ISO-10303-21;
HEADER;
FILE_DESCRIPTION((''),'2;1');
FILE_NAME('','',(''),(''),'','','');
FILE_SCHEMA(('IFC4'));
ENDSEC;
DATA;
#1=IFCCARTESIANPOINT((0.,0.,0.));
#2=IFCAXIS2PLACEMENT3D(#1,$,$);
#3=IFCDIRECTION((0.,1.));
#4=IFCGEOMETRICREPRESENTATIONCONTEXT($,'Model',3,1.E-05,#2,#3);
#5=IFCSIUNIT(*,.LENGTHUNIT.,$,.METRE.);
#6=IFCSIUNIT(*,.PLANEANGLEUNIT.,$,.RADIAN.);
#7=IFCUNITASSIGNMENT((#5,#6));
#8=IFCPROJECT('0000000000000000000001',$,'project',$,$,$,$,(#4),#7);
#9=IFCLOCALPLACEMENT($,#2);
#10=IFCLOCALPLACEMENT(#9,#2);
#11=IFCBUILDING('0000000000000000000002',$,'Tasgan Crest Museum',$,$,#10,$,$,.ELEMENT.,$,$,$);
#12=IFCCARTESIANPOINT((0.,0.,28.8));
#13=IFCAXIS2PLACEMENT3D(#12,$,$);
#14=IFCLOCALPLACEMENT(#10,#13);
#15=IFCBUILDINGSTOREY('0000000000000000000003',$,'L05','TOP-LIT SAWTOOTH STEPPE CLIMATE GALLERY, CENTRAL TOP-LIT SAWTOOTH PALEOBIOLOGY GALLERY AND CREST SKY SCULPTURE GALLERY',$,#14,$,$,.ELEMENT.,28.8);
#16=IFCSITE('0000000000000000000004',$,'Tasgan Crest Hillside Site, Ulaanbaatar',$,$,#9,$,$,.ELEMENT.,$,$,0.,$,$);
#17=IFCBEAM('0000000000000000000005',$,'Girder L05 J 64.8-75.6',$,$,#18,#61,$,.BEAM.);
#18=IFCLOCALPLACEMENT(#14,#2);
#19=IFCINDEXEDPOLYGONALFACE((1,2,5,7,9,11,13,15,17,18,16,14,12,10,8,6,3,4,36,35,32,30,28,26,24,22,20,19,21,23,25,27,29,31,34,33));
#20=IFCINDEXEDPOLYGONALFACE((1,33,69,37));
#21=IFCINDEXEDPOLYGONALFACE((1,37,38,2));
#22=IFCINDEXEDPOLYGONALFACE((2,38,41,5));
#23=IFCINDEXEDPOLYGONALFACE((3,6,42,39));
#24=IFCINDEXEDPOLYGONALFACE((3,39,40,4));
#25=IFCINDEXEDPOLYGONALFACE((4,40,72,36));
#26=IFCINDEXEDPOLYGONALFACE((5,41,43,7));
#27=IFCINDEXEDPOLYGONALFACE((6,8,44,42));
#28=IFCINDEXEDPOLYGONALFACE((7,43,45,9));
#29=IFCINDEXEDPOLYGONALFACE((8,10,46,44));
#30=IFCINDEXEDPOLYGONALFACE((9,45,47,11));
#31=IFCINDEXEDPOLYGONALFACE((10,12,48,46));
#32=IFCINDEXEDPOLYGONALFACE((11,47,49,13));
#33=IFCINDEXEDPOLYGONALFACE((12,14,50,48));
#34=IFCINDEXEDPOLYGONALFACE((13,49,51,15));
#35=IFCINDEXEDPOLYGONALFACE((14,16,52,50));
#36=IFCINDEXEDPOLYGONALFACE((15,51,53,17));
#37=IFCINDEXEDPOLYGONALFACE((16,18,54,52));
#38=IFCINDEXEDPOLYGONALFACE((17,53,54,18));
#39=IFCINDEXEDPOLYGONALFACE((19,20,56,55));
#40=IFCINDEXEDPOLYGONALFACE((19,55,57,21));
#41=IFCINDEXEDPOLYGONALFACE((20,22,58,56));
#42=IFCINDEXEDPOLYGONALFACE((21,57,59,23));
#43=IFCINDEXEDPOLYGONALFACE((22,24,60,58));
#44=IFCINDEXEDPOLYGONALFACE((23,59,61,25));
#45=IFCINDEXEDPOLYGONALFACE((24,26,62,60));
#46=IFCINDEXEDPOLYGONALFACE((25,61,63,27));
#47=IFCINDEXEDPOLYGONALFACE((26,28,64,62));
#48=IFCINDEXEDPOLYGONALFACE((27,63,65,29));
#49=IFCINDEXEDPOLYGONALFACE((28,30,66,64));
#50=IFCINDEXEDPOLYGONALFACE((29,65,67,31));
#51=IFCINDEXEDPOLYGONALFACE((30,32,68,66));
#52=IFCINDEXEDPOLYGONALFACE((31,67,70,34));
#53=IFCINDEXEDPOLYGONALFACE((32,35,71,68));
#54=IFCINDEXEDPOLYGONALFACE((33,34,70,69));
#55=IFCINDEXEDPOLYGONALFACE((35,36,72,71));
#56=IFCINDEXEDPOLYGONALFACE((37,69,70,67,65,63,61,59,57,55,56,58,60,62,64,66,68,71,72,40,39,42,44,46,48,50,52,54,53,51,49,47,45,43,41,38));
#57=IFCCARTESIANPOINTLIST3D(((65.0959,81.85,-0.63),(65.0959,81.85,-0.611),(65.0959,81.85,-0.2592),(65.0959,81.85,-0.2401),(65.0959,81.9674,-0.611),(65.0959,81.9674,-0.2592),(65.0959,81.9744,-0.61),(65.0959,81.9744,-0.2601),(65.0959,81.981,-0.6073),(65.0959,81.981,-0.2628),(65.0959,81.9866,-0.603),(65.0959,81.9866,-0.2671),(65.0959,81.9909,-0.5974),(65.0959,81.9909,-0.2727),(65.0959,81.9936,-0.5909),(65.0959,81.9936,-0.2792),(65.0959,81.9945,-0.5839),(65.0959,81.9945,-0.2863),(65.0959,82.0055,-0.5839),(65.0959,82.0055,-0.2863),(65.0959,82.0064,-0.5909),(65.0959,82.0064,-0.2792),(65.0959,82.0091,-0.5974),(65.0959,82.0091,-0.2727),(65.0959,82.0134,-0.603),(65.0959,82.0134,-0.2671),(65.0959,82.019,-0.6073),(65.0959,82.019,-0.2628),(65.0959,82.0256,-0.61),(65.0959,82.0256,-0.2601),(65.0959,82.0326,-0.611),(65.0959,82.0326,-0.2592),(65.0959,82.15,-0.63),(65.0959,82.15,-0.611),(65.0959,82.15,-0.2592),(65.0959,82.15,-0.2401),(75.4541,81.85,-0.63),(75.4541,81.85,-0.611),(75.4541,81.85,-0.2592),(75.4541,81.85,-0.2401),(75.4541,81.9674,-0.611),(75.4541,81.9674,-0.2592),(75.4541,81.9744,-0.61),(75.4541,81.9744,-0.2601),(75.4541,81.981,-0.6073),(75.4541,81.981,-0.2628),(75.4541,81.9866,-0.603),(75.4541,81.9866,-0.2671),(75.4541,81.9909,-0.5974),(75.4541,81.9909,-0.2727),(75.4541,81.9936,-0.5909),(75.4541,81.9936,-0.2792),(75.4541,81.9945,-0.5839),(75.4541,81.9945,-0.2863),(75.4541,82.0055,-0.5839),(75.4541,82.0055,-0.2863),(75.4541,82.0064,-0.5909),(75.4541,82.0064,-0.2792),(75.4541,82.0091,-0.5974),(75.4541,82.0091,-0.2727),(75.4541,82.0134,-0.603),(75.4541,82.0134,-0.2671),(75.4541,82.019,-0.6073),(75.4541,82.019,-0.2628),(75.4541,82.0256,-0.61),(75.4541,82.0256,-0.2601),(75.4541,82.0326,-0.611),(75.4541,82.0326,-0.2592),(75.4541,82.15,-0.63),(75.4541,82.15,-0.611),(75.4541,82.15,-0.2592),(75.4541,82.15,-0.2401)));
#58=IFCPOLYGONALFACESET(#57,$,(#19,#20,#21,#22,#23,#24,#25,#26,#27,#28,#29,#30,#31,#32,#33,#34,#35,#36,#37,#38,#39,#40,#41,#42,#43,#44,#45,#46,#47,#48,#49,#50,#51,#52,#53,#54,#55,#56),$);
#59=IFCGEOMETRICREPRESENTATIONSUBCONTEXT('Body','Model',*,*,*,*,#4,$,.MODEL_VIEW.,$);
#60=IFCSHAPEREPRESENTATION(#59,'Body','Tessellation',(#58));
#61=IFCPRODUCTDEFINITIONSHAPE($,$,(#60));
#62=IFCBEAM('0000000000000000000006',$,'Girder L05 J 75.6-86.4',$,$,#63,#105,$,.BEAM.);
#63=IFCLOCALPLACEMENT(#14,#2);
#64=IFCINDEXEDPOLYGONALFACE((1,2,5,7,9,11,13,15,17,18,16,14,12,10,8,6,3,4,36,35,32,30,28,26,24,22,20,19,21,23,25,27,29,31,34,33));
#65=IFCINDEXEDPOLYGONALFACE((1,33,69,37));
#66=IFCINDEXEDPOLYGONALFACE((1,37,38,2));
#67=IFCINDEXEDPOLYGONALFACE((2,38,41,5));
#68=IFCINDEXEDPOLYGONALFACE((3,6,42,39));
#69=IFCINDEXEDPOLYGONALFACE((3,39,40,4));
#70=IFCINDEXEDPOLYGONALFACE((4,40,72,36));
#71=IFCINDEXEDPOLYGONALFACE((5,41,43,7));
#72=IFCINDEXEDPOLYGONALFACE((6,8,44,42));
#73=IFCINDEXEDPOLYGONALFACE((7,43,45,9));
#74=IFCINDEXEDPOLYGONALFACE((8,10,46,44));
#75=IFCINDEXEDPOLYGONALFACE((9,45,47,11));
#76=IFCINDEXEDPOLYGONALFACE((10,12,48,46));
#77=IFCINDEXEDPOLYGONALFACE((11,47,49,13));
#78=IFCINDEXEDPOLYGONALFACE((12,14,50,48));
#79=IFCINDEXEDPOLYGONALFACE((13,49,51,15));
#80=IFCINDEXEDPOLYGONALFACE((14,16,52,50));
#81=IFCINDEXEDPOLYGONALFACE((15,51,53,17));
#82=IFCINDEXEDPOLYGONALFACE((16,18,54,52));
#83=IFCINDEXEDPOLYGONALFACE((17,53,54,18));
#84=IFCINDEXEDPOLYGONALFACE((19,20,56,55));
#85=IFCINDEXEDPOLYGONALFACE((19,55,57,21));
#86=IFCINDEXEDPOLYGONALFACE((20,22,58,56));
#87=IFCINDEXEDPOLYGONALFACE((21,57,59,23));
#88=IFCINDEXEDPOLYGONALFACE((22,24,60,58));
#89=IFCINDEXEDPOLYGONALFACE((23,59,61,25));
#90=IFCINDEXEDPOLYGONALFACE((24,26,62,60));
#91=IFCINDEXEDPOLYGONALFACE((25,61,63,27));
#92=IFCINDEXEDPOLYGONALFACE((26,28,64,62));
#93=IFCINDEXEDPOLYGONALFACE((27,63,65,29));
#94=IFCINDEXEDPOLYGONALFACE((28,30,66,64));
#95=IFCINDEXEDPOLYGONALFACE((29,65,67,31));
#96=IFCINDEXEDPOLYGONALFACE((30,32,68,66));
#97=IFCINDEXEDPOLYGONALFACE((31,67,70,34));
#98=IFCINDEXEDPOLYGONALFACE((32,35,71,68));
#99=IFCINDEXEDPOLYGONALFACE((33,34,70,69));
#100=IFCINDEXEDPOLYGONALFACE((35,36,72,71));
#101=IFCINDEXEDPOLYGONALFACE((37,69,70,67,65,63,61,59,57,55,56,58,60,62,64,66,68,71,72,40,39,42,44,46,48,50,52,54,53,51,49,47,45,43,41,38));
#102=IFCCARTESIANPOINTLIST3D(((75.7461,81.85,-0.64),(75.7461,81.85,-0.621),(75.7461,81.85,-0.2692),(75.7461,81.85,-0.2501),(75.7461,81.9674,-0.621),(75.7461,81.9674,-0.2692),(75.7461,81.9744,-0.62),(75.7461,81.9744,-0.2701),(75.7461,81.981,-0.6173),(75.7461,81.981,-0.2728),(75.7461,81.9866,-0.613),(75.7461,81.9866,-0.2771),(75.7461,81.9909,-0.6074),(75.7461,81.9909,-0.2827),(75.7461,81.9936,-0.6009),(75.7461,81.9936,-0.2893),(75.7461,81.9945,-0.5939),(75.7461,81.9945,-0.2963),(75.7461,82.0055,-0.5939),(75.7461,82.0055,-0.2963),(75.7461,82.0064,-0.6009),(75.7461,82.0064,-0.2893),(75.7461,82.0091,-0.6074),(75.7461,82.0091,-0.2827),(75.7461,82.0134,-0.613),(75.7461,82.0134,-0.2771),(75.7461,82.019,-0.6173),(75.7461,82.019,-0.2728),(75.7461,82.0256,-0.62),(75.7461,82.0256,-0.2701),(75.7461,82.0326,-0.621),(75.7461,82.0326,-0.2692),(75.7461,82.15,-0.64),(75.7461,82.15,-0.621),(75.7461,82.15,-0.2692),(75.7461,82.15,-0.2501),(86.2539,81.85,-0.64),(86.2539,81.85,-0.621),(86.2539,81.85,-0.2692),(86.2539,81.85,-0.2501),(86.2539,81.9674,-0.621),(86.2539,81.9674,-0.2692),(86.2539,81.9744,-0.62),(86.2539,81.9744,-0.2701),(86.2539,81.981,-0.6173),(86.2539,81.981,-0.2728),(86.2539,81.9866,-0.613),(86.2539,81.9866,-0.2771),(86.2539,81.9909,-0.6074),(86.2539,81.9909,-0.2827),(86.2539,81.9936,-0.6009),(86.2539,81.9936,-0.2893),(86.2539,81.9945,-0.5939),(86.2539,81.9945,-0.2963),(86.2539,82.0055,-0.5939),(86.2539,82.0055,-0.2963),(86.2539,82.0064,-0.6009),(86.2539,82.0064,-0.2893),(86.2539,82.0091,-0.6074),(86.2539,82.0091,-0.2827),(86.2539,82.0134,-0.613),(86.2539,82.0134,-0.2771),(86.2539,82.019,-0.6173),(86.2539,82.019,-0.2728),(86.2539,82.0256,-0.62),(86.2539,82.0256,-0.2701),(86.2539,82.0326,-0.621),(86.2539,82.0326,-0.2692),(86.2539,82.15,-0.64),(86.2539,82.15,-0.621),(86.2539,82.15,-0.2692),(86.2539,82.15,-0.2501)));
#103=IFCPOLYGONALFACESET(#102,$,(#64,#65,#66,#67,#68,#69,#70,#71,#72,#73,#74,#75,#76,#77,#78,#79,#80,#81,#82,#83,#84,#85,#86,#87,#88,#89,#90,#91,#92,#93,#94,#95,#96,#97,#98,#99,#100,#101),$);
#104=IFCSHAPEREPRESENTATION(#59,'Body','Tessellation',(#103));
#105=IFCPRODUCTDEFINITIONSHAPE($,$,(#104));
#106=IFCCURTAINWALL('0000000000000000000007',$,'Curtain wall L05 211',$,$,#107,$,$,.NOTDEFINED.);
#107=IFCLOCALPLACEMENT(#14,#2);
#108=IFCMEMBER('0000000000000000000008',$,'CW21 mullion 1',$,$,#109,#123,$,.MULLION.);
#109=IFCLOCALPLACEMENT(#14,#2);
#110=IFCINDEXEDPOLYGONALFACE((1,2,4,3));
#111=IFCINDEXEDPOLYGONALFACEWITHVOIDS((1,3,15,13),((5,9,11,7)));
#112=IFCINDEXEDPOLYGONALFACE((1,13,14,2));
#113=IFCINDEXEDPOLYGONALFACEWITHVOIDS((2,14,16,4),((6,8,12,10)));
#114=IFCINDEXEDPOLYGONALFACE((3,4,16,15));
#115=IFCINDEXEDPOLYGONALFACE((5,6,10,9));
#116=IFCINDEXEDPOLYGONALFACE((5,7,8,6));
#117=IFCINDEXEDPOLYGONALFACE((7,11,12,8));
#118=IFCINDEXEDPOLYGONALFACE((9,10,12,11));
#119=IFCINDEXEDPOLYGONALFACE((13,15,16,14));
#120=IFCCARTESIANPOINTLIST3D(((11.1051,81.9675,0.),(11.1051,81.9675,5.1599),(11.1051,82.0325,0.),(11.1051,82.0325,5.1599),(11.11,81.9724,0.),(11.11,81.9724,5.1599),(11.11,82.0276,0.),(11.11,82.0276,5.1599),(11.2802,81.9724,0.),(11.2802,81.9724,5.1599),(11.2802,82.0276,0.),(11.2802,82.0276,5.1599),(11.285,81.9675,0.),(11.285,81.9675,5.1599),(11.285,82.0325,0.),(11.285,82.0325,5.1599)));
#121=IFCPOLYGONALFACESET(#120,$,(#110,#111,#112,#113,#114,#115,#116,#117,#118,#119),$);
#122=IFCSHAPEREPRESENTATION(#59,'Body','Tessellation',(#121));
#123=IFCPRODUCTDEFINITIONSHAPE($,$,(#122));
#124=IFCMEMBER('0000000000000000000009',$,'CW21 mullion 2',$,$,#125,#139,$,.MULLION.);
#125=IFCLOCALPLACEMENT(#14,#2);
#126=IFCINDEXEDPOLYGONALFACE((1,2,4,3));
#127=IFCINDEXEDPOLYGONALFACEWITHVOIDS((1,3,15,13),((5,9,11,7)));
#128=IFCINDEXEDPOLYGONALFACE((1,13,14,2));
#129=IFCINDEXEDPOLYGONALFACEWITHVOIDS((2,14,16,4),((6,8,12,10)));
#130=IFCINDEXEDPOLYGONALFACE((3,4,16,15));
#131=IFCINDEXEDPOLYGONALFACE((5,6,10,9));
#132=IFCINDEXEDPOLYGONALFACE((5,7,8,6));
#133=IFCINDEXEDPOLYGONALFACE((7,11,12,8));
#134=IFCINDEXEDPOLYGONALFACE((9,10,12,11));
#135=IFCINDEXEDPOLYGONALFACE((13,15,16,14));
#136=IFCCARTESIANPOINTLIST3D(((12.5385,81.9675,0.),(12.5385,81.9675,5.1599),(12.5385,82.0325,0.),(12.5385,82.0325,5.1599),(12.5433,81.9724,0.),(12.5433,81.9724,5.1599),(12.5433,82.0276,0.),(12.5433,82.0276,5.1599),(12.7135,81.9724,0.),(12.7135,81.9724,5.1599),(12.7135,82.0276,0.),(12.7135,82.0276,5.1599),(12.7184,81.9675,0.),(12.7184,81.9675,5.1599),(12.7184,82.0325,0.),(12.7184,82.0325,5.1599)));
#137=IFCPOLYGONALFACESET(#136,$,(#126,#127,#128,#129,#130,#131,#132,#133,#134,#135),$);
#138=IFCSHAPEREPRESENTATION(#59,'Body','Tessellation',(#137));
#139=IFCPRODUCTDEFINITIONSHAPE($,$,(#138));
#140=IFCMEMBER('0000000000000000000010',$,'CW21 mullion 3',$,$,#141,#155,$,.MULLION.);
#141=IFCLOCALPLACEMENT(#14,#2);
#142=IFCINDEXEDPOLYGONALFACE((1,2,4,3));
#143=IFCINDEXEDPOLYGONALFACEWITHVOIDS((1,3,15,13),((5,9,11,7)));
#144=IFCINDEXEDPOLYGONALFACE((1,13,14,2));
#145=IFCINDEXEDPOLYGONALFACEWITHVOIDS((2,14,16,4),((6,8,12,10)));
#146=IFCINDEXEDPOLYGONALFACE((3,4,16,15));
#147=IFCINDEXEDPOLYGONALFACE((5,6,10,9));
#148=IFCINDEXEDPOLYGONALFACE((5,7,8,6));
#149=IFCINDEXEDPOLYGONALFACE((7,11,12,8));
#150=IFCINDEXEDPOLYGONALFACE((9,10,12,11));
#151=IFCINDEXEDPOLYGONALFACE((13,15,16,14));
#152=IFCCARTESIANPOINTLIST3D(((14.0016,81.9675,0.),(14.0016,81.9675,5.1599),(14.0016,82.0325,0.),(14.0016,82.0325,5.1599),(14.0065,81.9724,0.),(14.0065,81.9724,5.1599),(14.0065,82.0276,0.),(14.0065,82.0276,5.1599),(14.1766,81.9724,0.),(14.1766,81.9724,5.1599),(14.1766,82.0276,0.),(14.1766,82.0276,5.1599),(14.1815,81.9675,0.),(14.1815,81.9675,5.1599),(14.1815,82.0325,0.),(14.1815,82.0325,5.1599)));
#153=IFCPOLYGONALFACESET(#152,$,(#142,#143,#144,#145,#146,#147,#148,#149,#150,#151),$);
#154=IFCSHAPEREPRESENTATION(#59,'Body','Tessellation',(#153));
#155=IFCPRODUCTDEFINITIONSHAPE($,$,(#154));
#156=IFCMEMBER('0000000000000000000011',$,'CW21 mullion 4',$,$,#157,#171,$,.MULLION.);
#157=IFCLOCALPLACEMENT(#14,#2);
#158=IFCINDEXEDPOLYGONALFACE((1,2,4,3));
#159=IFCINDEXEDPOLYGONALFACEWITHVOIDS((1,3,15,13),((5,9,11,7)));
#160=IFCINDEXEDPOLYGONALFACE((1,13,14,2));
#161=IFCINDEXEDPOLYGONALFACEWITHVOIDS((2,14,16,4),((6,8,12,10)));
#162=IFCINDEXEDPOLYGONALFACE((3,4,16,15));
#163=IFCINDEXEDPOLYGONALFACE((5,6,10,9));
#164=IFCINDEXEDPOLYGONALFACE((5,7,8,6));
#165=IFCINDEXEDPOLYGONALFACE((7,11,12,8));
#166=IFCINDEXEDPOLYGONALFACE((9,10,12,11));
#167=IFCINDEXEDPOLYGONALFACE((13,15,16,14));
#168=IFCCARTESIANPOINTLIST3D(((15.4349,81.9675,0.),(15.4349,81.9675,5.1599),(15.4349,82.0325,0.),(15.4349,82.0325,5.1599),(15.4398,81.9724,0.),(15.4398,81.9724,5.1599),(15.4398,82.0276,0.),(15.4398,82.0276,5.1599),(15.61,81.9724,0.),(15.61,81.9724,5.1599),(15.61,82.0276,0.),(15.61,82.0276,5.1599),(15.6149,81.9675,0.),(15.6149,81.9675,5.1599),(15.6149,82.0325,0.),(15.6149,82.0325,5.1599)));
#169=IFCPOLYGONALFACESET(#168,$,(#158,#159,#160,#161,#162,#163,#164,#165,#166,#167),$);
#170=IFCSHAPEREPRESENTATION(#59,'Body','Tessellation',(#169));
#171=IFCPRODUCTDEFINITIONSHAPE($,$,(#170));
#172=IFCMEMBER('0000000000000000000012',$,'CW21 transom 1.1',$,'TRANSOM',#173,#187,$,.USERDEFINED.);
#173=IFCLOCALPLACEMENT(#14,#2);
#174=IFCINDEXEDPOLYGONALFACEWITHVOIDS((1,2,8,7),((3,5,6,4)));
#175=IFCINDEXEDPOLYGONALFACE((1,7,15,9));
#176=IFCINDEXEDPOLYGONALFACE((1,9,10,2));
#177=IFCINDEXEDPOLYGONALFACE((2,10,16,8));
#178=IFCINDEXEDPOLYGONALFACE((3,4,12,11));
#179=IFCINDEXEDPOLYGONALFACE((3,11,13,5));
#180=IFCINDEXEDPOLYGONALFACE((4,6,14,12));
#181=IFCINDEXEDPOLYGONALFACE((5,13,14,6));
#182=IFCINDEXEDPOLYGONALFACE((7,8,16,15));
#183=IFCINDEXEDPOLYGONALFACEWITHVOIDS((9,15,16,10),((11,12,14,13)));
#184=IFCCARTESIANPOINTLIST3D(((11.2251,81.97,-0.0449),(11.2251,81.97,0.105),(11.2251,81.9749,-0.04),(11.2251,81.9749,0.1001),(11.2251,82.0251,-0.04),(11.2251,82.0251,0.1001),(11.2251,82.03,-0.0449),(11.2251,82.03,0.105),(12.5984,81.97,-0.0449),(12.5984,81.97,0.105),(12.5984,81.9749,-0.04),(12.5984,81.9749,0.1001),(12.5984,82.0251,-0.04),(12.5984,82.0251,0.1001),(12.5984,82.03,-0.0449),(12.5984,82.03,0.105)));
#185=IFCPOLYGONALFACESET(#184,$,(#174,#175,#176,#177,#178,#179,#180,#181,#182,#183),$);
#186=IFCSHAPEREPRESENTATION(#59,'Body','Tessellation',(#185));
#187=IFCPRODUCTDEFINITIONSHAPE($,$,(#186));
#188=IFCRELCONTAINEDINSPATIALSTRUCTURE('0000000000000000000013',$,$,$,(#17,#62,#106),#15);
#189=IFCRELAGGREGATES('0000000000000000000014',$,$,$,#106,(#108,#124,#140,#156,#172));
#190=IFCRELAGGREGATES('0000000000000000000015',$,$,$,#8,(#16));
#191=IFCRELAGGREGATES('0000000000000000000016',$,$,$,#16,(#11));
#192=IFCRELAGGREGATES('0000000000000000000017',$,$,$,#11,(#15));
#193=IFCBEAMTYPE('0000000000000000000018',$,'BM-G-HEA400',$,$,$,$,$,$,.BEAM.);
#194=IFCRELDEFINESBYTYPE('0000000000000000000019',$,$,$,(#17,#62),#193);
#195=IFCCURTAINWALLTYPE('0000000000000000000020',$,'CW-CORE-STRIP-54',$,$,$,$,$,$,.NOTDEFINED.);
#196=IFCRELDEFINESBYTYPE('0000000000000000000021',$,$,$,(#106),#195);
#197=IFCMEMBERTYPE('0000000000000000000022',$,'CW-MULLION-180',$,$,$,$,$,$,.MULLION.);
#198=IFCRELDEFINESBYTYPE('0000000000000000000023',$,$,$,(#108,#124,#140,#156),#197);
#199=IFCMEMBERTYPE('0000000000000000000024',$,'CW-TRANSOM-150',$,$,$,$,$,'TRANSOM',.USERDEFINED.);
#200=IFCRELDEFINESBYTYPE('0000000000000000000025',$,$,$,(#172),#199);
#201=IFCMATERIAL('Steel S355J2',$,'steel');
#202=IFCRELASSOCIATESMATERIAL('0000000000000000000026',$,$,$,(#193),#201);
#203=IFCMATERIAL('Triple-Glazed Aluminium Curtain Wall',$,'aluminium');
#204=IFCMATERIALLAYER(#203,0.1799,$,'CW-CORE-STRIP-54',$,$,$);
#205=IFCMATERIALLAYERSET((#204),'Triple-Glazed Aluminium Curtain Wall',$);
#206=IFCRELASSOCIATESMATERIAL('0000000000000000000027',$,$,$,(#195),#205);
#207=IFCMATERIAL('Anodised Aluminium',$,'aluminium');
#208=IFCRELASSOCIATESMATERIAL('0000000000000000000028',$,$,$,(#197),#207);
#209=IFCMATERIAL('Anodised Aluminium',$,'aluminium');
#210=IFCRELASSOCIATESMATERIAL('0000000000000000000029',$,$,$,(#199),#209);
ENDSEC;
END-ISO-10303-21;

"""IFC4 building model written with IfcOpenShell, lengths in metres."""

from ifc_helpers import new_model, si_unit, direction, frame, origin, origin_2d, place, context, subcontext, project, spatial, hollow_rectangle, i_section, extrude, material, layer, layer_set, material_profile, profile_set, type_object, element, aggregate, save


model = new_model("IFC4")

# Units and contexts
model_context = context("Model", 3, precision=1e-05, world=origin(), true_north=direction((0.0, 1.0)))
body_context = subcontext(model_context, "Body", "Model", "MODEL_VIEW")
ifc_project = project(units=[si_unit("LENGTHUNIT", "METRE"), si_unit("PLANEANGLEUNIT", "RADIAN")], contexts=[model_context])

# Site, building, storey
site_placement = place(None, origin())
site = spatial("IfcSite", under=ifc_project, at=site_placement, Name="Tasgan Crest Hillside Site, Ulaanbaatar", CompositionType="ELEMENT", RefElevation=0.0)
building_placement = place(site_placement, origin())
building = spatial("IfcBuilding", under=site, at=building_placement, Name="Tasgan Crest Museum", CompositionType="ELEMENT")
storey_placement = place(building_placement, frame((0.0, 0.0, 28.8)))
storey = spatial("IfcBuildingStorey", under=building, at=storey_placement, Name="L05", Description="TOP-LIT SAWTOOTH STEPPE CLIMATE GALLERY, CENTRAL TOP-LIT SAWTOOTH PALEOBIOLOGY GALLERY AND CREST SKY SCULPTURE GALLERY", CompositionType="ELEMENT", Elevation=28.8)

# Beams
ifc_material_1 = material(Name="Steel S355J2", Category="steel")
ifc_material_profile_1 = material_profile(ifc_material_1, i_section(OverallWidth=0.3, OverallDepth=0.3899, WebThickness=0.011, FlangeThickness=0.019, FilletRadius=0.0271, at=origin_2d()), Name="HEA 400")
ifc_profile_set_1 = profile_set([ifc_material_profile_1], Name="Steel S355J2")
beam_type_1 = type_object("IfcBeamType", Name="BM-G-HEA400", PredefinedType="BEAM", material=ifc_profile_set_1)
beam_1_placement = place(storey_placement, frame((65.0959, 82.0, -0.4351), z_axis=(1.0, 0.0, 0.0), x_axis=(0.0, 1.0, 0.0)))
element("IfcBeam", 1, at=beam_1_placement, inside=storey, type_object=beam_type_1, Name="Girder L05 J 64.8-75.6", PredefinedType="BEAM", context=body_context, shape_type="SweptSolid", body=[
    extrude(i_section(OverallWidth=0.3, OverallDepth=0.3899, WebThickness=0.011, FlangeThickness=0.019, FilletRadius=0.0271, at=origin_2d()), origin(), (0.0, 0.0, 1.0), 10.3582),
])
beam_2_placement = place(storey_placement, frame((75.7461, 82.0, -0.4451), z_axis=(1.0, 0.0, 0.0), x_axis=(0.0, 1.0, 0.0)))
element("IfcBeam", 2, at=beam_2_placement, inside=storey, type_object=beam_type_1, Name="Girder L05 J 75.6-86.4", PredefinedType="BEAM", context=body_context, shape_type="SweptSolid", body=[
    extrude(i_section(OverallWidth=0.3, OverallDepth=0.3899, WebThickness=0.011, FlangeThickness=0.019, FilletRadius=0.0271, at=origin_2d()), origin(), (0.0, 0.0, 1.0), 10.5078),
])

# Curtain wall, members
ifc_material_2 = material(Name="Triple-Glazed Aluminium Curtain Wall", Category="aluminium")
ifc_layer_1 = layer(ifc_material_2, 0.1799, Name="CW-CORE-STRIP-54")
ifc_layer_set_1 = layer_set([ifc_layer_1], Name="Triple-Glazed Aluminium Curtain Wall")
curtain_wall_type = type_object("IfcCurtainWallType", Name="CW-CORE-STRIP-54", PredefinedType="NOTDEFINED", material=ifc_layer_set_1)
curtain_wall_placement = place(storey_placement, origin())
curtain_wall = element("IfcCurtainWall", 3, at=curtain_wall_placement, inside=storey, type_object=curtain_wall_type, Name="Curtain wall L05 211", PredefinedType="NOTDEFINED")
ifc_material_3 = material(Name="Anodised Aluminium", Category="aluminium")
ifc_material_profile_2 = material_profile(ifc_material_3, hollow_rectangle(XDim=0.0649, YDim=0.1799, WallThickness=0.0049, at=origin_2d()), Name="ALU MULLION 180x65x5")
ifc_profile_set_2 = profile_set([ifc_material_profile_2], Name="Anodised Aluminium")
member_type_1 = type_object("IfcMemberType", Name="CW-MULLION-180", PredefinedType="MULLION", material=ifc_profile_set_2)
member_1_placement = place(storey_placement, frame((11.1951, 82.0, 0.0), z_axis=(0.0, 0.0, 1.0), x_axis=(0.0, 1.0, 0.0)))
member_1 = element("IfcMember", 4, at=member_1_placement, type_object=member_type_1, Name="CW21 mullion 1", PredefinedType="MULLION", context=body_context, shape_type="SweptSolid", body=[
    extrude(hollow_rectangle(XDim=0.0649, YDim=0.1799, WallThickness=0.0049, at=origin_2d()), origin(), (0.0, 0.0, 1.0), 5.1599),
])
member_2_placement = place(storey_placement, frame((12.6284, 82.0, 0.0), z_axis=(0.0, 0.0, 1.0), x_axis=(0.0, 1.0, 0.0)))
member_2 = element("IfcMember", 5, at=member_2_placement, type_object=member_type_1, Name="CW21 mullion 2", PredefinedType="MULLION", context=body_context, shape_type="SweptSolid", body=[
    extrude(hollow_rectangle(XDim=0.0649, YDim=0.1799, WallThickness=0.0049, at=origin_2d()), origin(), (0.0, 0.0, 1.0), 5.1599),
])
member_3_placement = place(storey_placement, frame((14.0916, 82.0, 0.0), z_axis=(0.0, 0.0, 1.0), x_axis=(0.0, 1.0, 0.0)))
member_3 = element("IfcMember", 6, at=member_3_placement, type_object=member_type_1, Name="CW21 mullion 3", PredefinedType="MULLION", context=body_context, shape_type="SweptSolid", body=[
    extrude(hollow_rectangle(XDim=0.0649, YDim=0.1799, WallThickness=0.0049, at=origin_2d()), origin(), (0.0, 0.0, 1.0), 5.1599),
])
member_4_placement = place(storey_placement, frame((15.5249, 82.0, 0.0), z_axis=(0.0, 0.0, 1.0), x_axis=(0.0, 1.0, 0.0)))
member_4 = element("IfcMember", 7, at=member_4_placement, type_object=member_type_1, Name="CW21 mullion 4", PredefinedType="MULLION", context=body_context, shape_type="SweptSolid", body=[
    extrude(hollow_rectangle(XDim=0.0649, YDim=0.1799, WallThickness=0.0049, at=origin_2d()), origin(), (0.0, 0.0, 1.0), 5.1599),
])
ifc_material_4 = material(Name="Anodised Aluminium", Category="aluminium")
ifc_material_profile_3 = material_profile(ifc_material_4, hollow_rectangle(XDim=0.0601, YDim=0.1499, WallThickness=0.0049, at=origin_2d()), Name="ALU TRANSOM 150x60x5")
ifc_profile_set_3 = profile_set([ifc_material_profile_3], Name="Anodised Aluminium")
member_type_2 = type_object("IfcMemberType", Name="CW-TRANSOM-150", ElementType="TRANSOM", PredefinedType="USERDEFINED", material=ifc_profile_set_3)
member_5_placement = place(storey_placement, frame((11.2251, 82.0, 0.03), z_axis=(1.0, 0.0, 0.0), x_axis=(0.0, 1.0, 0.0)))
member_5 = element("IfcMember", 8, at=member_5_placement, type_object=member_type_2, Name="CW21 transom 1.1", ObjectType="TRANSOM", PredefinedType="USERDEFINED", context=body_context, shape_type="SweptSolid", body=[
    extrude(hollow_rectangle(XDim=0.0601, YDim=0.1499, WallThickness=0.0049, at=origin_2d()), origin(), (0.0, 0.0, 1.0), 1.3733),
])

aggregate(curtain_wall, [member_1, member_2, member_3, member_4, member_5])

save(model, "model.ifc")
